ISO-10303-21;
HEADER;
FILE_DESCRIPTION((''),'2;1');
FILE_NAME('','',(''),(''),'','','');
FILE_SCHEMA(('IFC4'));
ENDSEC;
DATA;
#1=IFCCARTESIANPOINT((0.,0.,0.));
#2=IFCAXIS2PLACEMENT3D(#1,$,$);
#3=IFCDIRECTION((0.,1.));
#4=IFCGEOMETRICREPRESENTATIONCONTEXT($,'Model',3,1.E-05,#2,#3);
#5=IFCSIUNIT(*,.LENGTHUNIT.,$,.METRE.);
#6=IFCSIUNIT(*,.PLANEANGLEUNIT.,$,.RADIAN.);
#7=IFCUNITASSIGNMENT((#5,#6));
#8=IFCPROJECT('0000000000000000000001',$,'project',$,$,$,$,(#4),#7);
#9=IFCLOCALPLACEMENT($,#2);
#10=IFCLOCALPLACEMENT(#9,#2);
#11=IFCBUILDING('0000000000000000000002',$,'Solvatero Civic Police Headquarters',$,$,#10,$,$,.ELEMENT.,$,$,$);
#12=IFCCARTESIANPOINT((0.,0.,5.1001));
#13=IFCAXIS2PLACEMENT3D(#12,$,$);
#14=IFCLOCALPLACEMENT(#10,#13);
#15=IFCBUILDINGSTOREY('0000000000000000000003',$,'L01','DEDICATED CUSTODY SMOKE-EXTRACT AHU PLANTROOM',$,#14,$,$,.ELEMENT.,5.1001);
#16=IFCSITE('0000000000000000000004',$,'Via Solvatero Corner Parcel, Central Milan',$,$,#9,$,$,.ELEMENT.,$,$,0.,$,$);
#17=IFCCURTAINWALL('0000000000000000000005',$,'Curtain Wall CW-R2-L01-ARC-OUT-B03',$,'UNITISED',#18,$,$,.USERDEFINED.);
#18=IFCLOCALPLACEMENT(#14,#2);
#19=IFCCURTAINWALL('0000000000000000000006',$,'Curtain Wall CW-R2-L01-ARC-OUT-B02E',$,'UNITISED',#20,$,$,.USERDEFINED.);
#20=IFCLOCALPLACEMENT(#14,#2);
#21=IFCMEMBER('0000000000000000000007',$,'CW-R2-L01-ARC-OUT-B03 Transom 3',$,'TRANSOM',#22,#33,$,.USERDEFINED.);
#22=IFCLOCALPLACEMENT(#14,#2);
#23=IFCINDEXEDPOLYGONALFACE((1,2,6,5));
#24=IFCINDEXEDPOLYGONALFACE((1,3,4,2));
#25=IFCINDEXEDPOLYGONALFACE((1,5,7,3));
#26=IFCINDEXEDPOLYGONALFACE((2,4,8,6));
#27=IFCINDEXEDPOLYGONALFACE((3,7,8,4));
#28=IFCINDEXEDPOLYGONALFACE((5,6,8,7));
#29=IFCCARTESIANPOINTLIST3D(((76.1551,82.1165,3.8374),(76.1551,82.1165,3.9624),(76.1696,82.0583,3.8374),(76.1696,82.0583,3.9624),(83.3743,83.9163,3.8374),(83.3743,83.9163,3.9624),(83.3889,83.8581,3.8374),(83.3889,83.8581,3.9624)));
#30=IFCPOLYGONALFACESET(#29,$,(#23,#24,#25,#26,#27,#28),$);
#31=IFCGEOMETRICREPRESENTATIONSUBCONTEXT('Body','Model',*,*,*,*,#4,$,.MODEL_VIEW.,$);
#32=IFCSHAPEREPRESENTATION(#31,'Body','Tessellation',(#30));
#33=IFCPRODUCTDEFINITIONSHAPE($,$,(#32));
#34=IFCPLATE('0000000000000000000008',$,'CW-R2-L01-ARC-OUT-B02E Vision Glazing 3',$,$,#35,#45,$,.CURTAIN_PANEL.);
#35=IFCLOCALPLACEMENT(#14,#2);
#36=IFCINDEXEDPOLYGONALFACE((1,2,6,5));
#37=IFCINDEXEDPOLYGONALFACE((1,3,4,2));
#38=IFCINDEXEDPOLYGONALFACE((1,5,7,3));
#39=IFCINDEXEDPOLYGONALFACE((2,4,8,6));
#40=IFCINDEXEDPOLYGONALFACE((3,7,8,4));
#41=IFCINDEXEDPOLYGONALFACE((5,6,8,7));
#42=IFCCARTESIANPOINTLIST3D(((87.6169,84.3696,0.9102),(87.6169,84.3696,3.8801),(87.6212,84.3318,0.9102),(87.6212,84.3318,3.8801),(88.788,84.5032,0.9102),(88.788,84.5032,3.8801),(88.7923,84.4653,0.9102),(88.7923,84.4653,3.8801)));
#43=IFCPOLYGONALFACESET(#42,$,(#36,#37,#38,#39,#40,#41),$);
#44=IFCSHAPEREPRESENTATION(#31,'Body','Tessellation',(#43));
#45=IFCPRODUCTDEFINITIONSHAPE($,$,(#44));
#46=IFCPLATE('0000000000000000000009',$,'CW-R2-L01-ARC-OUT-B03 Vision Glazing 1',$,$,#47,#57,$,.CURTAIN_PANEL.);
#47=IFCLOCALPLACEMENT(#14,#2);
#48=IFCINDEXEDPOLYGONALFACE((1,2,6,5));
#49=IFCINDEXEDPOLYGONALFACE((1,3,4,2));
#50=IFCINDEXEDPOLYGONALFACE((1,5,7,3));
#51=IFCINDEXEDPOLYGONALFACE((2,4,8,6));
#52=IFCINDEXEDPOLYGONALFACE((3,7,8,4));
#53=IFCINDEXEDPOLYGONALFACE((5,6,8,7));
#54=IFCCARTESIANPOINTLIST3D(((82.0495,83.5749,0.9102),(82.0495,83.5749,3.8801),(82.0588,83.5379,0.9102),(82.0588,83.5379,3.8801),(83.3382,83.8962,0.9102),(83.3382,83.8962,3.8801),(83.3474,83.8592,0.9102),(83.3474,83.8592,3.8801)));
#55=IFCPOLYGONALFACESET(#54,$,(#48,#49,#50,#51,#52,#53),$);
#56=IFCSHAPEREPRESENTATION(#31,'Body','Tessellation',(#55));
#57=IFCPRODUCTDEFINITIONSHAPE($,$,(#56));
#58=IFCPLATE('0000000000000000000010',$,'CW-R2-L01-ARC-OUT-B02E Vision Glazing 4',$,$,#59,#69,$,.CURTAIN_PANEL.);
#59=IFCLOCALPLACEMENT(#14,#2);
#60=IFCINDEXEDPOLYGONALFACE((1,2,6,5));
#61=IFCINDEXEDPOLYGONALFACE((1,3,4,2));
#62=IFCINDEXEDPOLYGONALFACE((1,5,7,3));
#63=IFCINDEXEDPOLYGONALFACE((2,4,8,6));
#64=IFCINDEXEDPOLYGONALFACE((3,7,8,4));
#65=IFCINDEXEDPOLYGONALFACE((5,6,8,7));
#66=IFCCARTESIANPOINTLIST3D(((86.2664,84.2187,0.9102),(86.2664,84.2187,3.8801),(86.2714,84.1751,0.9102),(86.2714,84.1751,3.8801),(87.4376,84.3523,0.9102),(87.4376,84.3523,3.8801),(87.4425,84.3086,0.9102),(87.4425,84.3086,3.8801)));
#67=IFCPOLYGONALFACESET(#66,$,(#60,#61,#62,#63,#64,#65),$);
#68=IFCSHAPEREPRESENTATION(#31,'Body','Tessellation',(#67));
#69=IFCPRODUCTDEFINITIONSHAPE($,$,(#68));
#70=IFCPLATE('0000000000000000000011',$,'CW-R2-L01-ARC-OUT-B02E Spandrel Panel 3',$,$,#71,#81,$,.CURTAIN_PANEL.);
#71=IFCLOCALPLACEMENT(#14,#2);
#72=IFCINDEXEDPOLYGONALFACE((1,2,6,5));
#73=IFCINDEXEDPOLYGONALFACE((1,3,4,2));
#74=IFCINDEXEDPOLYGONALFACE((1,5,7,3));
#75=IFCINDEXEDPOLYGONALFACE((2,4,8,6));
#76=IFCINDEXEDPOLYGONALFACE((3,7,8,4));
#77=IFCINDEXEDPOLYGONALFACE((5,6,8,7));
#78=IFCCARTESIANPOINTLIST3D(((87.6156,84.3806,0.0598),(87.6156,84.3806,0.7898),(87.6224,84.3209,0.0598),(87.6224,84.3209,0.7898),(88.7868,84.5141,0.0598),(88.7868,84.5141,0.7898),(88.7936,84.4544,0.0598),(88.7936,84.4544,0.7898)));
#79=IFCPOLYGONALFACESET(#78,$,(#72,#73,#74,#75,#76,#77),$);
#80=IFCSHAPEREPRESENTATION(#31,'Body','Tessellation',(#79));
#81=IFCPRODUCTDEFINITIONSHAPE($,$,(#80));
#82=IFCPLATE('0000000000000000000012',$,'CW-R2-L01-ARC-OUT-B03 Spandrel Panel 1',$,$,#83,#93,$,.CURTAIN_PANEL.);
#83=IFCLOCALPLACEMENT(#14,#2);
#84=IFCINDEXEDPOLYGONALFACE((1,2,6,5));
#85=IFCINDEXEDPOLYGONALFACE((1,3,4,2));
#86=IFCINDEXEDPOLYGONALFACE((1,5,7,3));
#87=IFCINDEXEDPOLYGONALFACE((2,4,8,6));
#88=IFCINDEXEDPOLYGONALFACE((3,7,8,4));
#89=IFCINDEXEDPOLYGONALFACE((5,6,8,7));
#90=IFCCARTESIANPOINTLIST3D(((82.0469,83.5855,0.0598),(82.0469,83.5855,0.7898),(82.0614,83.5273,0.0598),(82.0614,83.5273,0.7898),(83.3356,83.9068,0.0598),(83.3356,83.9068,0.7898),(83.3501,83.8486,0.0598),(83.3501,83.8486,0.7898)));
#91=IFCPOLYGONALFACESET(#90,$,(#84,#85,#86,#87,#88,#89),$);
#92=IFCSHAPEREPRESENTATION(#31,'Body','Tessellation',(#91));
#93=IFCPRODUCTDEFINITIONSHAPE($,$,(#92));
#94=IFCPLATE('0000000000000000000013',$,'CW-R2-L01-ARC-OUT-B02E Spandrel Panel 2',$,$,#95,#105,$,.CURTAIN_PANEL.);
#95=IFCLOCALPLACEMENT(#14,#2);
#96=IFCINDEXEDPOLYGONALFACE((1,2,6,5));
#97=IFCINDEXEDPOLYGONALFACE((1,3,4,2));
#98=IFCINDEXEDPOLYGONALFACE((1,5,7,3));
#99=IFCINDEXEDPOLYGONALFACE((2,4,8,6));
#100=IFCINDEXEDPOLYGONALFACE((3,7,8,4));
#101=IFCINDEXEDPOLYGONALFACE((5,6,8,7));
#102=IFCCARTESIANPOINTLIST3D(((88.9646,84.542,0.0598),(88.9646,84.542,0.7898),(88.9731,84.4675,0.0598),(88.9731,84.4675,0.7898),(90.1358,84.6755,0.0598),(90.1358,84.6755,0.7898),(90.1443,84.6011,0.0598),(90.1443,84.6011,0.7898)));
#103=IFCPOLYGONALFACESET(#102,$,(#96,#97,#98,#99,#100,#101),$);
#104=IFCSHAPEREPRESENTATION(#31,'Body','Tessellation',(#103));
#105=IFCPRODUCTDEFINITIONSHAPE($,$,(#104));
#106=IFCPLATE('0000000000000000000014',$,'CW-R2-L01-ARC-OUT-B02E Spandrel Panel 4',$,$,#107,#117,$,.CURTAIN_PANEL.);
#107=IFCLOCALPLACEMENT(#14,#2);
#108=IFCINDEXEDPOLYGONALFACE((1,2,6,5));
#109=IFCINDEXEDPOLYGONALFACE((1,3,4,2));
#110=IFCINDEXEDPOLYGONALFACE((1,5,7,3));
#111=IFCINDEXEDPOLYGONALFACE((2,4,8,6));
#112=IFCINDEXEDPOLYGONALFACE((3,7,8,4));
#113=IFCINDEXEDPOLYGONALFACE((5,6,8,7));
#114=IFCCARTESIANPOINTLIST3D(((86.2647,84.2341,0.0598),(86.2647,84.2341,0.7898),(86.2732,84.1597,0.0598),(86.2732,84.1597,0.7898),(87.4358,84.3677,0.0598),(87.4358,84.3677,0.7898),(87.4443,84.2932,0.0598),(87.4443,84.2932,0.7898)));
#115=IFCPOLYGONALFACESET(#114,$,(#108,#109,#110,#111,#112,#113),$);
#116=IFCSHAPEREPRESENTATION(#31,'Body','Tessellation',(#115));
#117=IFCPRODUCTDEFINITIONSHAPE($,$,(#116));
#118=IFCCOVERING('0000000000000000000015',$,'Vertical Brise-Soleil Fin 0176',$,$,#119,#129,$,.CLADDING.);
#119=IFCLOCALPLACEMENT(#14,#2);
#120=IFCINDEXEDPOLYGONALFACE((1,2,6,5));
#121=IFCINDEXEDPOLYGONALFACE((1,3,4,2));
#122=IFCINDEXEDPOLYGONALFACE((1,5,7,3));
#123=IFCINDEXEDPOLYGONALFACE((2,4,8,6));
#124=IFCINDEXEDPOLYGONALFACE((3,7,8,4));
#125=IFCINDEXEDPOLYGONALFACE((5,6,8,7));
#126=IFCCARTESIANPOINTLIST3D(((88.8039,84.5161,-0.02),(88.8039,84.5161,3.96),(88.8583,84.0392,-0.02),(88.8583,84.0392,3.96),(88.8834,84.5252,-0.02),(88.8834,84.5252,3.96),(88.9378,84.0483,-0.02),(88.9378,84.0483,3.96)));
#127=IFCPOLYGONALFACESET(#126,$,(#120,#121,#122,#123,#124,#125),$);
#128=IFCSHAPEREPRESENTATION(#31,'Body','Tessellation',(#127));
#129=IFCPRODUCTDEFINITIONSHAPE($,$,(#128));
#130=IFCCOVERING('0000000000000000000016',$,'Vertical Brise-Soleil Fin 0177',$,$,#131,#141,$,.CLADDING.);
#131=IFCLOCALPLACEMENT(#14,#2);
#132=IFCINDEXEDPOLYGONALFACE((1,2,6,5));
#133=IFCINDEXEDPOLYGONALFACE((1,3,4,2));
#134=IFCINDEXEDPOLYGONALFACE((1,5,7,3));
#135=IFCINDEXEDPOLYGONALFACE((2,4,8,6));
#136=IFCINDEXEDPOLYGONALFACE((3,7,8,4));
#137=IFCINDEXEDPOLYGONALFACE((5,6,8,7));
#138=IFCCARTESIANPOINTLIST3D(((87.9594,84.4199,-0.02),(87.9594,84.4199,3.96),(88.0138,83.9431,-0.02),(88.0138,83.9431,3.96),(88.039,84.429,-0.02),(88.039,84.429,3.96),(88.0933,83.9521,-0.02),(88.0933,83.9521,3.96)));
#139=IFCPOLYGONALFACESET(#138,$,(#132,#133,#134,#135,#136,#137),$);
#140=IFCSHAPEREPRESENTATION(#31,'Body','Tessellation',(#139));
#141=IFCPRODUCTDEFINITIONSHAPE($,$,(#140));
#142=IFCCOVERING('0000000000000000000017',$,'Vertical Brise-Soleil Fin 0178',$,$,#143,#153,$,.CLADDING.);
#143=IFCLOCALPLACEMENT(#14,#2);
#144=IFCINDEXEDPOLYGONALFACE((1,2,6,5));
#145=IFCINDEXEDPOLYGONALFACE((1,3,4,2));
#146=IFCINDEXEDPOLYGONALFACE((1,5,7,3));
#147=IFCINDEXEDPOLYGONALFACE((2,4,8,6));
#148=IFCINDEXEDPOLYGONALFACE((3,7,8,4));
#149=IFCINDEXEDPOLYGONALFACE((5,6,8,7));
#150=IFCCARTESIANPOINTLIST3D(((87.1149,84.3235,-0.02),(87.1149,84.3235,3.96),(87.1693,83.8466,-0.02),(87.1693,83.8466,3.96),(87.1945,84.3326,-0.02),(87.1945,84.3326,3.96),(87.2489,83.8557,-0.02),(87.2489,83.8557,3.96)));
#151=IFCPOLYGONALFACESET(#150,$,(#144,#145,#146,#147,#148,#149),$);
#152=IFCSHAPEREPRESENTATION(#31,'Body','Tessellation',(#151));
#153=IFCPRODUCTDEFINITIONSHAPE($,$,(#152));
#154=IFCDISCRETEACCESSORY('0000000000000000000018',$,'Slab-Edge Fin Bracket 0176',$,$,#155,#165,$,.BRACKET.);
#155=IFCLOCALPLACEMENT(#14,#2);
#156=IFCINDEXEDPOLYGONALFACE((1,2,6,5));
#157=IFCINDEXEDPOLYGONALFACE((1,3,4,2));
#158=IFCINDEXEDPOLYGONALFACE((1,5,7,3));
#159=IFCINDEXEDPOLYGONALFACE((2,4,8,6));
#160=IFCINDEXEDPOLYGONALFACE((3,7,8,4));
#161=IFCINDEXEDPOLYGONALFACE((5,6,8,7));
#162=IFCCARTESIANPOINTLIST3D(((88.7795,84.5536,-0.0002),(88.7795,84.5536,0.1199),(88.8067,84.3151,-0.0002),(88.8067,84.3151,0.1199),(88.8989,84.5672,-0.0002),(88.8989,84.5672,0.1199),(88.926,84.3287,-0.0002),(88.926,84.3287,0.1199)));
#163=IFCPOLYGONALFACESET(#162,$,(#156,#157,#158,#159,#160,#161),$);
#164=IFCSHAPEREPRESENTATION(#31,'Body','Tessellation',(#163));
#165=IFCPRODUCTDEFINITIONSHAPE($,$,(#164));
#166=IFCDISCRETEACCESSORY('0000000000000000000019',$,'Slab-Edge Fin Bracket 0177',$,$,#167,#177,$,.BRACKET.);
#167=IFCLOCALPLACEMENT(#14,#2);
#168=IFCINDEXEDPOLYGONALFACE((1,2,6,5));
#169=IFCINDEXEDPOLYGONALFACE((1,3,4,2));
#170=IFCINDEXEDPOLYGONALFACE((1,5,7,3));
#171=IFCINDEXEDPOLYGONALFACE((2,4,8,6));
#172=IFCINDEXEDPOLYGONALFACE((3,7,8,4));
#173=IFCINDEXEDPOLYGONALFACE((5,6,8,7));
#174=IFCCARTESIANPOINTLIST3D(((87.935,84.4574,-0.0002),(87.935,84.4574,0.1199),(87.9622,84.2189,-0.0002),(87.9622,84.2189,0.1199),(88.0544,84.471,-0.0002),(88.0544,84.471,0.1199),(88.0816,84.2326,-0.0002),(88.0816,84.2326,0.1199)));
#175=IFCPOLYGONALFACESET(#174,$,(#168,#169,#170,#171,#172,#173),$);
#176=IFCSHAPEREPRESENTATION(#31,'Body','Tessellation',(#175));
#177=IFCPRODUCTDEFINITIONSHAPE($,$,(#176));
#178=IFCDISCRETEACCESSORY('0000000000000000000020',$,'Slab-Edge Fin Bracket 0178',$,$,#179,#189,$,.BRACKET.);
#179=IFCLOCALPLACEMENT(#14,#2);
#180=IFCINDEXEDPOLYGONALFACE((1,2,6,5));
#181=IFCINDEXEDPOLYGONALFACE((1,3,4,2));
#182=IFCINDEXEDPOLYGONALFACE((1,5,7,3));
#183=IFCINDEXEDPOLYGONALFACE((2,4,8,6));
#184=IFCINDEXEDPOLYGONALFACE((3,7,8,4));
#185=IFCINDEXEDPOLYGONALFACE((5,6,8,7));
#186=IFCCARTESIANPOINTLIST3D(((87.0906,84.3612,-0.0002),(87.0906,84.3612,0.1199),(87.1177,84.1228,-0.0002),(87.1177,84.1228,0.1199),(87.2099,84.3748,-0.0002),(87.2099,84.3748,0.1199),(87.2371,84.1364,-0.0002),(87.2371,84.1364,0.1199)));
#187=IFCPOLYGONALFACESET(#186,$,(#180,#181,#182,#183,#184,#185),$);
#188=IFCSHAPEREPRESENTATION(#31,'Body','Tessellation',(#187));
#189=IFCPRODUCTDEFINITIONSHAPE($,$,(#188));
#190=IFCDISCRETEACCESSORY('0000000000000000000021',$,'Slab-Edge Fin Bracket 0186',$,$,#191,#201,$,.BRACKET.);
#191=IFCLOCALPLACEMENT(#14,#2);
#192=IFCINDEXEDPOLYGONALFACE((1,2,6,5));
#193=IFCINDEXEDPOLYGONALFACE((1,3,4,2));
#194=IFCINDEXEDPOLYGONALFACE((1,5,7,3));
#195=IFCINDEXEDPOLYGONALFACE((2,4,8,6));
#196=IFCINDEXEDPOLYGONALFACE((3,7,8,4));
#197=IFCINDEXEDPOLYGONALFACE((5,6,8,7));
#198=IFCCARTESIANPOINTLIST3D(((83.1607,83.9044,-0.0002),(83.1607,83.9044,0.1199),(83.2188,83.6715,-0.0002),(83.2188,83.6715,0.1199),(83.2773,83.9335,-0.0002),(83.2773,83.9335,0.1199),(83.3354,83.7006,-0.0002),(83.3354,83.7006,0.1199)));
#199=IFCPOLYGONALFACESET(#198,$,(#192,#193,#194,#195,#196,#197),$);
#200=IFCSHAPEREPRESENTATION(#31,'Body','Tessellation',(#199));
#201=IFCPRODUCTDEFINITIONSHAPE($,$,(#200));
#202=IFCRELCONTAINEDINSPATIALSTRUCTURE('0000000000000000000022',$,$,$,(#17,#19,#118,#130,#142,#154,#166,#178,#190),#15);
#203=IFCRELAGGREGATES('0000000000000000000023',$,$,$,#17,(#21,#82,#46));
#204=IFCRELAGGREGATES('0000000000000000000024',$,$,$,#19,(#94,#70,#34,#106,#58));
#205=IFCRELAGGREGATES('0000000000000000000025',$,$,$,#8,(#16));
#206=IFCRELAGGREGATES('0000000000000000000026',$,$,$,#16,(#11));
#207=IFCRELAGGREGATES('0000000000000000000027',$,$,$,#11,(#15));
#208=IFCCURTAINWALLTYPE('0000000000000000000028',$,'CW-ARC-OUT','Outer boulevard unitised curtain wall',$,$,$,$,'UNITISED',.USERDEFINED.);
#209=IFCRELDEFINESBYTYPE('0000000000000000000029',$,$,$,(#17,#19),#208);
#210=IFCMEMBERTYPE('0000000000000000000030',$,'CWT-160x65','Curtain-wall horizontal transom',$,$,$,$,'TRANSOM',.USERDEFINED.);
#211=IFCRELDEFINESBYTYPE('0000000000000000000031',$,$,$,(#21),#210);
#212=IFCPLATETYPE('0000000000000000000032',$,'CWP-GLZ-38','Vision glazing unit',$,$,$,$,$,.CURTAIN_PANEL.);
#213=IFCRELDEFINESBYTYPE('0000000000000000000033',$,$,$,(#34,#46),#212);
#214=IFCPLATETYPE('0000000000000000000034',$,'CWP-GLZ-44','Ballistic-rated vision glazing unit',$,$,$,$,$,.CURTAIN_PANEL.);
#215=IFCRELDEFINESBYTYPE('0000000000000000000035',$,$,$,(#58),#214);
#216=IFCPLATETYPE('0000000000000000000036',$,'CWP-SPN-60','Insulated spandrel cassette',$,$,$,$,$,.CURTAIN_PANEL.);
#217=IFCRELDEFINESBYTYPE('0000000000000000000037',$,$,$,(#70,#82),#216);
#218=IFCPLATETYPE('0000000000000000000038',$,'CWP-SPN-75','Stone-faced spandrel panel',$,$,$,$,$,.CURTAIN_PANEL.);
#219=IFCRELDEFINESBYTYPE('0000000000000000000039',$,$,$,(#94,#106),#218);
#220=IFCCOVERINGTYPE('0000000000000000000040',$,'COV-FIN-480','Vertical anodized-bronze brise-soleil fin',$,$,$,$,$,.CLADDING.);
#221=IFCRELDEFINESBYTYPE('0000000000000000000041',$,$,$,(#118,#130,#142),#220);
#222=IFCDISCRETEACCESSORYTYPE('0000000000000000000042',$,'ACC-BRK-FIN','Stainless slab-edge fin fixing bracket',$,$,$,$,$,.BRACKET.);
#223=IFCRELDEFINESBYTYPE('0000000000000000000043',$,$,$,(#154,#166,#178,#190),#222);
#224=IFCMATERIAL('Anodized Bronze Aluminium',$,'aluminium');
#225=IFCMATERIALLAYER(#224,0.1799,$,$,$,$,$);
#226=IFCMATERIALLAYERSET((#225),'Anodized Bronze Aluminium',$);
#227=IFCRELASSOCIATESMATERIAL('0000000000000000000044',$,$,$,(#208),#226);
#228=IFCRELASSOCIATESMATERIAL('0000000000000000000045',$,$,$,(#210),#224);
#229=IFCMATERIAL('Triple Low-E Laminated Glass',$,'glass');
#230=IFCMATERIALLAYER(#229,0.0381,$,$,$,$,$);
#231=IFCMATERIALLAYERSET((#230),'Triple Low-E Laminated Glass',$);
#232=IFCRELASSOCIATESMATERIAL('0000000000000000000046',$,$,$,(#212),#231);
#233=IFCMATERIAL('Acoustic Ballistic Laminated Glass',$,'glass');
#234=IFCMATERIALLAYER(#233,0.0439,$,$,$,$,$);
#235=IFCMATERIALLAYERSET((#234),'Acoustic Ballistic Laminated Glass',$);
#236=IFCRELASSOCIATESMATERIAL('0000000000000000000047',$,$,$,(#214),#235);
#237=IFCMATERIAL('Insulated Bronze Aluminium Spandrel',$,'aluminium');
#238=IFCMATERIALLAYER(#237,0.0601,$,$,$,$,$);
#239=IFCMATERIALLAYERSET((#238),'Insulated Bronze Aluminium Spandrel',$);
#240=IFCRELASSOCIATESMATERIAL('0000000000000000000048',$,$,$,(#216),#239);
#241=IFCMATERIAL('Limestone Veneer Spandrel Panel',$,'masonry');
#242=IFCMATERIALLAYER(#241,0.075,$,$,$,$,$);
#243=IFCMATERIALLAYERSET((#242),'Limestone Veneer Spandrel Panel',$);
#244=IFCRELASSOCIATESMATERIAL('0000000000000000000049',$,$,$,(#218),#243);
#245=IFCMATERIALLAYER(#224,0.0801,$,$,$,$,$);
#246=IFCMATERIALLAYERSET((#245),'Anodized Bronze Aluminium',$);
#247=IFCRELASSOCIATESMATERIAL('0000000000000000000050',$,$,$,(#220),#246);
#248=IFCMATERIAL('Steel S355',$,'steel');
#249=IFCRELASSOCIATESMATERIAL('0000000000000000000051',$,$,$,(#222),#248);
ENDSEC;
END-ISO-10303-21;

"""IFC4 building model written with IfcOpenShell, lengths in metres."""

from ifc_helpers import new_model, si_unit, direction, frame, origin, origin_2d, place, context, subcontext, project, spatial, rectangle, extrude, material, layer, layer_set, material_profile, profile_set, type_object, element, aggregate, save


model = new_model("IFC4")

# Units and contexts
model_context = context("Model", 3, precision=1e-05, world=origin(), true_north=direction((0.0, 1.0)))
body_context = subcontext(model_context, "Body", "Model", "MODEL_VIEW")
ifc_project = project(units=[si_unit("LENGTHUNIT", "METRE"), si_unit("PLANEANGLEUNIT", "RADIAN")], contexts=[model_context])

# Site, building, storey
site_placement = place(None, origin())
site = spatial("IfcSite", under=ifc_project, at=site_placement, Name="Via Solvatero Corner Parcel, Central Milan", CompositionType="ELEMENT", RefElevation=0.0)
building_placement = place(site_placement, origin())
building = spatial("IfcBuilding", under=site, at=building_placement, Name="Solvatero Civic Police Headquarters", CompositionType="ELEMENT")
storey_placement = place(building_placement, frame((0.0, 0.0, 5.1001)))
storey = spatial("IfcBuildingStorey", under=building, at=storey_placement, Name="L01", Description="DEDICATED CUSTODY SMOKE-EXTRACT AHU PLANTROOM", CompositionType="ELEMENT", Elevation=5.1001)

# Shared definitions
ifc_material_1 = material(Name="Steel S355", Category="steel")

# Curtain wall
ifc_material_2 = material(Name="Anodized Bronze Aluminium", Category="aluminium")
ifc_layer_1 = layer(ifc_material_2, 0.1799)
ifc_layer_set_1 = layer_set([ifc_layer_1], Name="Anodized Bronze Aluminium")
curtain_wall_type = type_object("IfcCurtainWallType", Name="CW-ARC-OUT", Description="Outer boulevard unitised curtain wall", ElementType="UNITISED", PredefinedType="USERDEFINED", material=ifc_layer_set_1)
curtain_wall_1_placement = place(storey_placement, origin())
curtain_wall_1 = element("IfcCurtainWall", 1, at=curtain_wall_1_placement, inside=storey, type_object=curtain_wall_type, Name="Curtain Wall CW-R2-L01-ARC-OUT-B03", ObjectType="UNITISED", PredefinedType="USERDEFINED")

# Curtain wall
curtain_wall_2_placement = place(storey_placement, origin())
curtain_wall_2 = element("IfcCurtainWall", 2, at=curtain_wall_2_placement, inside=storey, type_object=curtain_wall_type, Name="Curtain Wall CW-R2-L01-ARC-OUT-B02E", ObjectType="UNITISED", PredefinedType="USERDEFINED")

# Member
ifc_material_profile_1 = material_profile(ifc_material_2, rectangle(XDim=0.0601, YDim=0.125, at=origin_2d()), Name="ALU TRANSOM 60x125")
ifc_profile_set_1 = profile_set([ifc_material_profile_1], Name="Anodized Bronze Aluminium")
member_type_1 = type_object("IfcMemberType", Name="CWT-160x65", Description="Curtain-wall horizontal transom", ElementType="TRANSOM", PredefinedType="USERDEFINED", material=ifc_profile_set_1)
member_1_placement = place(storey_placement, frame((83.3816, 83.8872, 3.8999), z_axis=(-0.970301, -0.241902, 0.0), x_axis=(0.241902, -0.970301, 0.0)))
member_1 = element("IfcMember", 3, at=member_1_placement, type_object=member_type_1, Name="CW-R2-L01-ARC-OUT-B03 Transom 3", ObjectType="TRANSOM", PredefinedType="USERDEFINED", context=body_context, shape_type="SweptSolid", body=[
    extrude(rectangle(XDim=0.0601, YDim=0.125, at=origin_2d()), origin(), (0.0, 0.0, 1.0), 7.4402),
])

# Plates
ifc_material_3 = material(Name="Triple Low-E Laminated Glass", Category="glass")
ifc_layer_2 = layer(ifc_material_3, 0.0381)
ifc_layer_set_2 = layer_set([ifc_layer_2], Name="Triple Low-E Laminated Glass")
plate_type_1 = type_object("IfcPlateType", Name="CWP-GLZ-38", Description="Vision glazing unit", PredefinedType="CURTAIN_PANEL", material=ifc_layer_set_2)
plate_1_placement = place(storey_placement, frame((88.2046, 84.4175, 0.9102), z_axis=(0.0, 0.0, 1.0), x_axis=(-0.993564, -0.113273, 0.0)))
plate_1 = element("IfcPlate", 4, at=plate_1_placement, type_object=plate_type_1, Name="CW-R2-L01-ARC-OUT-B02E Vision Glazing 3", PredefinedType="CURTAIN_PANEL", context=body_context, shape_type="SweptSolid", body=[
    extrude(rectangle(XDim=1.1787, YDim=0.0381, at=origin_2d()), origin(), (0.0, 0.0, 1.0), 2.97),
])
plate_2_placement = place(storey_placement, frame((82.6985, 83.717, 0.9102), z_axis=(0.0, 0.0, 1.0), x_axis=(-0.970296, -0.241922, 0.0)))
plate_2 = element("IfcPlate", 5, at=plate_2_placement, type_object=plate_type_1, Name="CW-R2-L01-ARC-OUT-B03 Vision Glazing 1", PredefinedType="CURTAIN_PANEL", context=body_context, shape_type="SweptSolid", body=[
    extrude(rectangle(XDim=1.3281, YDim=0.0381, at=origin_2d()), origin(), (0.0, 0.0, 1.0), 2.97),
])
ifc_material_4 = material(Name="Acoustic Ballistic Laminated Glass", Category="glass")
ifc_layer_3 = layer(ifc_material_4, 0.0439)
ifc_layer_set_3 = layer_set([ifc_layer_3], Name="Acoustic Ballistic Laminated Glass")
plate_type_2 = type_object("IfcPlateType", Name="CWP-GLZ-44", Description="Ballistic-rated vision glazing unit", PredefinedType="CURTAIN_PANEL", material=ifc_layer_set_3)
plate_3_placement = place(storey_placement, frame((86.8545, 84.2637, 0.9102), z_axis=(0.0, 0.0, 1.0), x_axis=(-0.993564, -0.113273, 0.0)))
plate_3 = element("IfcPlate", 6, at=plate_3_placement, type_object=plate_type_2, Name="CW-R2-L01-ARC-OUT-B02E Vision Glazing 4", PredefinedType="CURTAIN_PANEL", context=body_context, shape_type="SweptSolid", body=[
    extrude(rectangle(XDim=1.1787, YDim=0.0439, at=origin_2d()), origin(), (0.0, 0.0, 1.0), 2.97),
])
ifc_material_5 = material(Name="Insulated Bronze Aluminium Spandrel", Category="aluminium")
ifc_layer_4 = layer(ifc_material_5, 0.0601)
ifc_layer_set_4 = layer_set([ifc_layer_4], Name="Insulated Bronze Aluminium Spandrel")
plate_type_3 = type_object("IfcPlateType", Name="CWP-SPN-60", Description="Insulated spandrel cassette", PredefinedType="CURTAIN_PANEL", material=ifc_layer_set_4)
plate_4_placement = place(storey_placement, frame((88.2046, 84.4175, 0.0598), z_axis=(0.0, 0.0, 1.0), x_axis=(-0.993564, -0.113273, 0.0)))
plate_4 = element("IfcPlate", 7, at=plate_4_placement, type_object=plate_type_3, Name="CW-R2-L01-ARC-OUT-B02E Spandrel Panel 3", PredefinedType="CURTAIN_PANEL", context=body_context, shape_type="SweptSolid", body=[
    extrude(rectangle(XDim=1.1787, YDim=0.0601, at=origin_2d()), origin(), (0.0, 0.0, 1.0), 0.73),
])
plate_5_placement = place(storey_placement, frame((82.6985, 83.717, 0.0598), z_axis=(0.0, 0.0, 1.0), x_axis=(-0.970296, -0.241922, 0.0)))
plate_5 = element("IfcPlate", 8, at=plate_5_placement, type_object=plate_type_3, Name="CW-R2-L01-ARC-OUT-B03 Spandrel Panel 1", PredefinedType="CURTAIN_PANEL", context=body_context, shape_type="SweptSolid", body=[
    extrude(rectangle(XDim=1.3281, YDim=0.0601, at=origin_2d()), origin(), (0.0, 0.0, 1.0), 0.73),
])
aggregate(curtain_wall_1, [member_1, plate_5, plate_2])
ifc_material_6 = material(Name="Limestone Veneer Spandrel Panel", Category="masonry")
ifc_layer_5 = layer(ifc_material_6, 0.075)
ifc_layer_set_5 = layer_set([ifc_layer_5], Name="Limestone Veneer Spandrel Panel")
plate_type_4 = type_object("IfcPlateType", Name="CWP-SPN-75", Description="Stone-faced spandrel panel", PredefinedType="CURTAIN_PANEL", material=ifc_layer_set_5)
plate_6_placement = place(storey_placement, frame((89.5544, 84.5715, 0.0598), z_axis=(0.0, 0.0, 1.0), x_axis=(-0.993564, -0.113273, 0.0)))
plate_6 = element("IfcPlate", 9, at=plate_6_placement, type_object=plate_type_4, Name="CW-R2-L01-ARC-OUT-B02E Spandrel Panel 2", PredefinedType="CURTAIN_PANEL", context=body_context, shape_type="SweptSolid", body=[
    extrude(rectangle(XDim=1.1787, YDim=0.075, at=origin_2d()), origin(), (0.0, 0.0, 1.0), 0.73),
])
plate_7_placement = place(storey_placement, frame((86.8545, 84.2637, 0.0598), z_axis=(0.0, 0.0, 1.0), x_axis=(-0.993564, -0.113273, 0.0)))
plate_7 = element("IfcPlate", 10, at=plate_7_placement, type_object=plate_type_4, Name="CW-R2-L01-ARC-OUT-B02E Spandrel Panel 4", PredefinedType="CURTAIN_PANEL", context=body_context, shape_type="SweptSolid", body=[
    extrude(rectangle(XDim=1.1787, YDim=0.075, at=origin_2d()), origin(), (0.0, 0.0, 1.0), 0.73),
])
aggregate(curtain_wall_2, [plate_6, plate_4, plate_1, plate_7, plate_3])

# Coverings
ifc_layer_6 = layer(ifc_material_2, 0.0801)
ifc_layer_set_6 = layer_set([ifc_layer_6], Name="Anodized Bronze Aluminium")
covering_type = type_object("IfcCoveringType", Name="COV-FIN-480", Description="Vertical anodized-bronze brise-soleil fin", PredefinedType="CLADDING", material=ifc_layer_set_6)
for number, where, z_axis, x_axis, name in (
    (11, (88.8708, 84.2822, -0.02), (0.0, 0.0, 1.0), (-0.993564, -0.113273, 0.0), "Vertical Brise-Soleil Fin 0176"),
    (12, (88.0264, 84.186, -0.02), (0.0, 0.0, 1.0), (-0.993564, -0.113273, 0.0), "Vertical Brise-Soleil Fin 0177"),
    (13, (87.1819, 84.0896, -0.02), (0.0, 0.0, 1.0), (-0.993564, -0.113273, 0.0), "Vertical Brise-Soleil Fin 0178"),
):
    element("IfcCovering", number, at=place(storey_placement, frame(where, z_axis=z_axis, x_axis=x_axis)), inside=storey, type_object=covering_type, Name=name, PredefinedType="CLADDING", context=body_context, shape_type="SweptSolid", body=[
        extrude(rectangle(XDim=0.0801, YDim=0.48, at=origin_2d()), origin(), (0.0, 0.0, 1.0), 3.98),
    ])

# Discrete accessories
discrete_accessory_type = type_object("IfcDiscreteAccessoryType", Name="ACC-BRK-FIN", Description="Stainless slab-edge fin fixing bracket", PredefinedType="BRACKET", material=ifc_material_1)
for number, where, z_axis, x_axis, name in (
    (14, (88.8528, 84.4412, -0.0002), (0.0, 0.0, 1.0), (-0.993564, -0.113273, 0.0), "Slab-Edge Fin Bracket 0176"),
    (15, (88.0083, 84.345, -0.0002), (0.0, 0.0, 1.0), (-0.993564, -0.113273, 0.0), "Slab-Edge Fin Bracket 0177"),
    (16, (87.1638, 84.2488, -0.0002), (0.0, 0.0, 1.0), (-0.993564, -0.113273, 0.0), "Slab-Edge Fin Bracket 0178"),
    (17, (83.248, 83.8025, -0.0002), (0.0, 0.0, 1.0), (-0.970296, -0.241922, 0.0), "Slab-Edge Fin Bracket 0186"),
):
    element("IfcDiscreteAccessory", number, at=place(storey_placement, frame(where, z_axis=z_axis, x_axis=x_axis)), inside=storey, type_object=discrete_accessory_type, Name=name, PredefinedType="BRACKET", context=body_context, shape_type="SweptSolid", body=[
        extrude(rectangle(XDim=0.1201, YDim=0.24, at=origin_2d()), origin(), (0.0, 0.0, 1.0), 0.1201),
    ])

save(model, "model.ifc")
